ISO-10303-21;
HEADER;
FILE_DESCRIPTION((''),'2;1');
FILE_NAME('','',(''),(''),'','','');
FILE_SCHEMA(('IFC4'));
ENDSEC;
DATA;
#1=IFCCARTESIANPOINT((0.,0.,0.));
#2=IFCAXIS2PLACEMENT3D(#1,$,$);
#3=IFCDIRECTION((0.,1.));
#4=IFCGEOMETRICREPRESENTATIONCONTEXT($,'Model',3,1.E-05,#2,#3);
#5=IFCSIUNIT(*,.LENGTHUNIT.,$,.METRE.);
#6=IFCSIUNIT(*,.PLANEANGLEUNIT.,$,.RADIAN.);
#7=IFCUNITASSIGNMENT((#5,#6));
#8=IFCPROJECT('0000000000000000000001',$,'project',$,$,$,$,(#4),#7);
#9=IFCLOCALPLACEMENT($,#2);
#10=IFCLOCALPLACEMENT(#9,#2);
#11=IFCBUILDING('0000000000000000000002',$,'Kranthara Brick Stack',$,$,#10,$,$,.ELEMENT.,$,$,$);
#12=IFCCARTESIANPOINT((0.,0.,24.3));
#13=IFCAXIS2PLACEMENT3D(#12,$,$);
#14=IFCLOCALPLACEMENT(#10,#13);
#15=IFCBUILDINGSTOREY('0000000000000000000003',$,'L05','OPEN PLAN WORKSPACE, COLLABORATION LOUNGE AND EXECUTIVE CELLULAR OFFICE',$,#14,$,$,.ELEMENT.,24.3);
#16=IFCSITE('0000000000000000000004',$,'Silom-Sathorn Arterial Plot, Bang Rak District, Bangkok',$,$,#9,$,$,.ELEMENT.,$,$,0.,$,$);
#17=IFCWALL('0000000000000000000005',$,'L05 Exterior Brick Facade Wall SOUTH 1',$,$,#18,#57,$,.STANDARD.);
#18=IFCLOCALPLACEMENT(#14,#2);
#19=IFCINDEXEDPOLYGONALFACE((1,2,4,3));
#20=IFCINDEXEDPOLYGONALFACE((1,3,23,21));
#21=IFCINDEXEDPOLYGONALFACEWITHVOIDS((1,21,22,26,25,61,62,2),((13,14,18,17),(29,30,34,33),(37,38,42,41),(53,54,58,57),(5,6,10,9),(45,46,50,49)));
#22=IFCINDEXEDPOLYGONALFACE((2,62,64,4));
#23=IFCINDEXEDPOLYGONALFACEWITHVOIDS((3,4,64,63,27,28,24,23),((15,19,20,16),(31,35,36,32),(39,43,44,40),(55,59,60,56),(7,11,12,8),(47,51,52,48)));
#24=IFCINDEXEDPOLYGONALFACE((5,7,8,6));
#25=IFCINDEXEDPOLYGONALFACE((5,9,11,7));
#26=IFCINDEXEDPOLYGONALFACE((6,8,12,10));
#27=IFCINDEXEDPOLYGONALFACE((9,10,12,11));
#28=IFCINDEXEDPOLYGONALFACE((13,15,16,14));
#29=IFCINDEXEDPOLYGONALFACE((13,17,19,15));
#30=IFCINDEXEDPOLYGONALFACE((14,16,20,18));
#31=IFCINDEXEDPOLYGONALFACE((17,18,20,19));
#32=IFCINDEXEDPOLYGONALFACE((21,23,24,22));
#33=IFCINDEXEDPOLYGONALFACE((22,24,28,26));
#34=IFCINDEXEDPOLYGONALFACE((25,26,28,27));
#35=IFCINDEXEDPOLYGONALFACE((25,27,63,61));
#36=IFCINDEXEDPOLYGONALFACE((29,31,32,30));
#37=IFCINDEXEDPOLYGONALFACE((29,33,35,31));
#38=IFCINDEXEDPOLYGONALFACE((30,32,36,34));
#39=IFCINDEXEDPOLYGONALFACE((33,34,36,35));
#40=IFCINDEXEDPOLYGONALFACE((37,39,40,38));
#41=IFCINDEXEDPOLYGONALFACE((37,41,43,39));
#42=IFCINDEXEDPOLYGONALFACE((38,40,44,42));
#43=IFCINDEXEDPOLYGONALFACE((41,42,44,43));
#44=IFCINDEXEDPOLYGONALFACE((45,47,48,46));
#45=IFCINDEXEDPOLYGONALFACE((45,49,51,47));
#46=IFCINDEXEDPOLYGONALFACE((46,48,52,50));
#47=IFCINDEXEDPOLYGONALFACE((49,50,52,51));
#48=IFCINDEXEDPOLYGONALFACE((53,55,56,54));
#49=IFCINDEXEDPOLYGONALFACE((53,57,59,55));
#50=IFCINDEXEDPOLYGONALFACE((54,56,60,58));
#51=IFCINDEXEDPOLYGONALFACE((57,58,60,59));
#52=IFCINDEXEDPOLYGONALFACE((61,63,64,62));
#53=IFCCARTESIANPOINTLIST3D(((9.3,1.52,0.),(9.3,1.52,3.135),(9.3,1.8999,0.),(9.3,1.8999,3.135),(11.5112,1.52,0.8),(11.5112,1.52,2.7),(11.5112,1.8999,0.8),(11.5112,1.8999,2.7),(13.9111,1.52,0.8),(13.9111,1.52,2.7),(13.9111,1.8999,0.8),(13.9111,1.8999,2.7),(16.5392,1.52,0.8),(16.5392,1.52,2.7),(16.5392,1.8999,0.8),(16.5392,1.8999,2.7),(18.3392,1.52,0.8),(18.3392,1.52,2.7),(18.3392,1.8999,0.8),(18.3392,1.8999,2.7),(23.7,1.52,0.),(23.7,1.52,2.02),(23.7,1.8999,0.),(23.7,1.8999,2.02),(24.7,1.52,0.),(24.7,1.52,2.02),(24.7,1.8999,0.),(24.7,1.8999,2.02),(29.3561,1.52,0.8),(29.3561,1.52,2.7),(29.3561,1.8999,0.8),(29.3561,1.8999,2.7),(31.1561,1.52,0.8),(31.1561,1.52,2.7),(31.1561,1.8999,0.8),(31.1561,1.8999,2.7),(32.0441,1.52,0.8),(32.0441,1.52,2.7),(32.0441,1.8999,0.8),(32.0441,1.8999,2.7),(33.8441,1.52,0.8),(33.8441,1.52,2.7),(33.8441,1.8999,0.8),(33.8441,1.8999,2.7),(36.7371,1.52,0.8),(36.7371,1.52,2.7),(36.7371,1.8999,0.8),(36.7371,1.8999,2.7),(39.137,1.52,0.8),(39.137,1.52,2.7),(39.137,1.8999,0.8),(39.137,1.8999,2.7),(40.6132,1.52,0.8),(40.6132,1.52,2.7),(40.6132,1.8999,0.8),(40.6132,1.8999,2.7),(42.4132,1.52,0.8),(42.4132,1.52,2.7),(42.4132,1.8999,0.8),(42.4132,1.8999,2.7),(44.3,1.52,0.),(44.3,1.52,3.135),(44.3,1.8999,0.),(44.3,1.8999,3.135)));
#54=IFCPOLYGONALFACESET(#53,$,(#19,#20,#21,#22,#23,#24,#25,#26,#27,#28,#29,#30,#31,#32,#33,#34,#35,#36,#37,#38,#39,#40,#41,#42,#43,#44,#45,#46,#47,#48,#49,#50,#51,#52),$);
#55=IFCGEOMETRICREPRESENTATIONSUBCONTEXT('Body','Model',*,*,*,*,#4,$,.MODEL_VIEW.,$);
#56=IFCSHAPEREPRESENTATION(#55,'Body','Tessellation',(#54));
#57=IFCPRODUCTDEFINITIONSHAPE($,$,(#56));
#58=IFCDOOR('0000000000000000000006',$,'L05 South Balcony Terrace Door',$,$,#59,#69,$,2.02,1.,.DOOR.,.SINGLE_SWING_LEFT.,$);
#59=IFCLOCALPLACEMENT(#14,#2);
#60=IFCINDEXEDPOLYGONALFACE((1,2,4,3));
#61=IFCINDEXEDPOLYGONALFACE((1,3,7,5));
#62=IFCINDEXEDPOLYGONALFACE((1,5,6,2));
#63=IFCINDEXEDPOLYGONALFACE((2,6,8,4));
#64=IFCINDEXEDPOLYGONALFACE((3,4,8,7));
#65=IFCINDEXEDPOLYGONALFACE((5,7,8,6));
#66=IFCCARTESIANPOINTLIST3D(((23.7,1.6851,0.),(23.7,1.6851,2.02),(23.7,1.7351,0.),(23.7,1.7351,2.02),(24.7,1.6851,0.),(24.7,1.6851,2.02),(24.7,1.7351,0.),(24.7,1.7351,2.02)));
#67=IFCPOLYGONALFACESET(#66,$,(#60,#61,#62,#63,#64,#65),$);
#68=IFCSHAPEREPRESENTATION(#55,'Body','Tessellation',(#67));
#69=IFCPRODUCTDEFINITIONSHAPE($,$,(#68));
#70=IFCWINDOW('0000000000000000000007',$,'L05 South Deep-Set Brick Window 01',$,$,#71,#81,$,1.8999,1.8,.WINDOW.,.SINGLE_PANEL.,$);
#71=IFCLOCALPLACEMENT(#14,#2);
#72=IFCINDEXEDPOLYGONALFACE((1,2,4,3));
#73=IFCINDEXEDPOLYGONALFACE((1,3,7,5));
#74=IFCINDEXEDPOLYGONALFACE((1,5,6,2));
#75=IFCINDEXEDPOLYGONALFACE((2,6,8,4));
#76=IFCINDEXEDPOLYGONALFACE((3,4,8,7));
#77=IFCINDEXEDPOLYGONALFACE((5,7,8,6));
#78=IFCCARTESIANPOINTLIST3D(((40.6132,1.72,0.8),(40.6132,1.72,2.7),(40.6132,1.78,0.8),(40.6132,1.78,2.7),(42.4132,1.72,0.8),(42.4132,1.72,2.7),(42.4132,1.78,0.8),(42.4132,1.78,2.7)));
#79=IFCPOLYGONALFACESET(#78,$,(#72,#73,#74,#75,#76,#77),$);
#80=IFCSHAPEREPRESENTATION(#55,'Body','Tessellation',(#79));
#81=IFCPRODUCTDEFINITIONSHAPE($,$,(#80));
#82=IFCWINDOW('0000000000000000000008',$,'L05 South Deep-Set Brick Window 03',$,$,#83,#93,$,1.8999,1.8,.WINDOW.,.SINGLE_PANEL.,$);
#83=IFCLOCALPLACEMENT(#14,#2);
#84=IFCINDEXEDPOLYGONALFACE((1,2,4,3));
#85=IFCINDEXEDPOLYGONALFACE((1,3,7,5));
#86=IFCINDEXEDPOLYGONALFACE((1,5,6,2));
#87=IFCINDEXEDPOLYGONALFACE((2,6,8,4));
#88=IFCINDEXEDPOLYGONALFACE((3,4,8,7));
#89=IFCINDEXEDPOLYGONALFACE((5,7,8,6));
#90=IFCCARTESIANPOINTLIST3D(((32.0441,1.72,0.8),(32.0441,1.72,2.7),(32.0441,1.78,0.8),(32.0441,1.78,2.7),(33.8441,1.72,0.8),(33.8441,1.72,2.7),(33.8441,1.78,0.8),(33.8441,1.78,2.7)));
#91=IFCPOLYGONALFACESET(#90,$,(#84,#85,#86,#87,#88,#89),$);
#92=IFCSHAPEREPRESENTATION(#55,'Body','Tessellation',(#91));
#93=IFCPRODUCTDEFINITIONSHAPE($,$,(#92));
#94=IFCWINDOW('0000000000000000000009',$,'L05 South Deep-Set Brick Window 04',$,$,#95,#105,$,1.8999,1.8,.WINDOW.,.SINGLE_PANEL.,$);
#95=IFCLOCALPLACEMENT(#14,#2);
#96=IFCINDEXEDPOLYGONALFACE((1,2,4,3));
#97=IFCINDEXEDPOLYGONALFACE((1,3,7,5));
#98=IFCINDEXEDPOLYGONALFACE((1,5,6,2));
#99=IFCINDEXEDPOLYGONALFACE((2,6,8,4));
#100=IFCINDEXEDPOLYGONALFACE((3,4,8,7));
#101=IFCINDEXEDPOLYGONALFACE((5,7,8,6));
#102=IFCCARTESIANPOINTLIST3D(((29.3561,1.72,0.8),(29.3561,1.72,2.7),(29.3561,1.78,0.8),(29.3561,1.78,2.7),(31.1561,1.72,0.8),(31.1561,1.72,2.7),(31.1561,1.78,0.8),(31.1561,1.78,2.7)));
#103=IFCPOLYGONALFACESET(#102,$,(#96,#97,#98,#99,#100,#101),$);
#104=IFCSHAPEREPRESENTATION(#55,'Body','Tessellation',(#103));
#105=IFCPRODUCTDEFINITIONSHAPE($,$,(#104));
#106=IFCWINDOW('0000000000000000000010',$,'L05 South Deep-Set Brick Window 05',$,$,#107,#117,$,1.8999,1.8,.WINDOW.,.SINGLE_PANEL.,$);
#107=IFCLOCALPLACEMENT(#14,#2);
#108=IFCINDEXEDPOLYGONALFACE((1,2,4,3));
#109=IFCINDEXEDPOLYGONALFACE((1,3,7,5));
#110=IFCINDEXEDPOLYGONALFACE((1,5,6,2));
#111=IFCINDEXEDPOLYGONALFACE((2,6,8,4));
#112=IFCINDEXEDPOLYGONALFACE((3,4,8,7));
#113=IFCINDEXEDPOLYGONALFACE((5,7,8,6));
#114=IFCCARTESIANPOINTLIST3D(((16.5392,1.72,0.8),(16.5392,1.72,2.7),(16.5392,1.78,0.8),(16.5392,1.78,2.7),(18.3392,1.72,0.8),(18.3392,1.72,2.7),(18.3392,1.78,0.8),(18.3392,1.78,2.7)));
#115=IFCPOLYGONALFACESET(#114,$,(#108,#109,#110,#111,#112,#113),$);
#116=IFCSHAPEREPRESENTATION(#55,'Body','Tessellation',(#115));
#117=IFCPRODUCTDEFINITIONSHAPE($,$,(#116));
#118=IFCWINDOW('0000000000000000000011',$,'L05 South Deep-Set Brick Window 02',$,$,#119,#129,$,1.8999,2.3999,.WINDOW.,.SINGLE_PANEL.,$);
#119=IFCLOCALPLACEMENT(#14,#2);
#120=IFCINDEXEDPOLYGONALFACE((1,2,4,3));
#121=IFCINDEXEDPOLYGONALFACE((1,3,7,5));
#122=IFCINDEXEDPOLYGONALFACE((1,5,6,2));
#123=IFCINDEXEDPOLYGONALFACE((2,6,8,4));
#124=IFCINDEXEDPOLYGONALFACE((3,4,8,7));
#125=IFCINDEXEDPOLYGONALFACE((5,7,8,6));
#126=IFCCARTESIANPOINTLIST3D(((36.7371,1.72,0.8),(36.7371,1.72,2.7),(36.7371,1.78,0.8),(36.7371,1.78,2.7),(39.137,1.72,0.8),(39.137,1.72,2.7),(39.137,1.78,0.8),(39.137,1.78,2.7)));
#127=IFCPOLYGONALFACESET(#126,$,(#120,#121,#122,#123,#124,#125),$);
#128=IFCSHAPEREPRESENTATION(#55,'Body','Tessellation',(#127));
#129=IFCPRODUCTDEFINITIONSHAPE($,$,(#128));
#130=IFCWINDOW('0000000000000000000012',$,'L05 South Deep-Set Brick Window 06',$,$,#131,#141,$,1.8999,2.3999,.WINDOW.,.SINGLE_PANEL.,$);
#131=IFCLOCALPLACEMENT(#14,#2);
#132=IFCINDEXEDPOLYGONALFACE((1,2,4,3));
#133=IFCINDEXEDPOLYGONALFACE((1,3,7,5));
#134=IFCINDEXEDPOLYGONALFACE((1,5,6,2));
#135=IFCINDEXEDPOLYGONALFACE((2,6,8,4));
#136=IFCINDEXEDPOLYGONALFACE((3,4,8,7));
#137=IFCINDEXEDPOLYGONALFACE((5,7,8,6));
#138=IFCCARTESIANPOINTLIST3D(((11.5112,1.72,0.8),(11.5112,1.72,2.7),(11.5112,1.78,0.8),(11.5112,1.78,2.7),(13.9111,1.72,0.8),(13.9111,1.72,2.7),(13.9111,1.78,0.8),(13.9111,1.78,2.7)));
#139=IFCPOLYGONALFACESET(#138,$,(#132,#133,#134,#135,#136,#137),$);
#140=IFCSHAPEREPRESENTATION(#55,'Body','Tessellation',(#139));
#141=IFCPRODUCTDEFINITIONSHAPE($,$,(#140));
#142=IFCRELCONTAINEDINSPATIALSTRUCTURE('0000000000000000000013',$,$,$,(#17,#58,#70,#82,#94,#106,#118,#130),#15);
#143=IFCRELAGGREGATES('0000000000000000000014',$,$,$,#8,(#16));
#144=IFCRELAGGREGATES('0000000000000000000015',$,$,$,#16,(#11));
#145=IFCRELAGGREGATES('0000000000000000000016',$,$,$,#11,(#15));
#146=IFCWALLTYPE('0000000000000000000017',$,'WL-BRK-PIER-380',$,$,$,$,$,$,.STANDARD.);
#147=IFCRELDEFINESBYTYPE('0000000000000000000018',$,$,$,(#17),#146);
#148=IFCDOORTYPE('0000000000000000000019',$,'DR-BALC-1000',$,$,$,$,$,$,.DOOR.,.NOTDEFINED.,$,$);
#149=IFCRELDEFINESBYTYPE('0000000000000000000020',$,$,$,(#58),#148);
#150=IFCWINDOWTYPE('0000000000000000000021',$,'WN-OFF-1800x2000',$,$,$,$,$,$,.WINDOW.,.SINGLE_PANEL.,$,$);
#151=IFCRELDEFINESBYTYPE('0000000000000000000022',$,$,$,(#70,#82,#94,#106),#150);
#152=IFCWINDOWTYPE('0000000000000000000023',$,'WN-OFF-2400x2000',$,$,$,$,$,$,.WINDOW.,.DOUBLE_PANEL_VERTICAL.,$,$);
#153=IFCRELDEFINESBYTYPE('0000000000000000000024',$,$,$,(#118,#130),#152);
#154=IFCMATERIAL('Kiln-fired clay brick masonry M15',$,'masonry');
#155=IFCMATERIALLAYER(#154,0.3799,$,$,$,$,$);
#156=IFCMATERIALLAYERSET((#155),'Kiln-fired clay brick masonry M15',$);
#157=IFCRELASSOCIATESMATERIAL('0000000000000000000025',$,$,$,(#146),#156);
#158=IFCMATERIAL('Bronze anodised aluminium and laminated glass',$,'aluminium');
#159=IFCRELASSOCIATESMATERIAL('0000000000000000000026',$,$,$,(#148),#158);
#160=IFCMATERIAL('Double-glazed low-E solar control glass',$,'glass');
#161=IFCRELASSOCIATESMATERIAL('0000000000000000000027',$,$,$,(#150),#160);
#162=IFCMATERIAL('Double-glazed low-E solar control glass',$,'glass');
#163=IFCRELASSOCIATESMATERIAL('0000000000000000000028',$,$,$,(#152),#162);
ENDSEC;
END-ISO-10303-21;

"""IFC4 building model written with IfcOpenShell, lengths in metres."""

from ifc_helpers import new_model, si_unit, direction, frame, frame_2d, origin, place, context, subcontext, project, spatial, rectangle, extrude, material, layer, layer_set, type_object, element, fill, save


model = new_model("IFC4")

# Units and contexts
model_context = context("Model", 3, precision=1e-05, world=origin(), true_north=direction((0.0, 1.0)))
body_context = subcontext(model_context, "Body", "Model", "MODEL_VIEW")
ifc_project = project(units=[si_unit("LENGTHUNIT", "METRE"), si_unit("PLANEANGLEUNIT", "RADIAN")], contexts=[model_context])

# Site, building, storey
site_placement = place(None, origin())
site = spatial("IfcSite", under=ifc_project, at=site_placement, Name="Silom-Sathorn Arterial Plot, Bang Rak District, Bangkok", CompositionType="ELEMENT", RefElevation=0.0)
building_placement = place(site_placement, origin())
building = spatial("IfcBuilding", under=site, at=building_placement, Name="Kranthara Brick Stack", CompositionType="ELEMENT")
storey_placement = place(building_placement, frame((0.0, 0.0, 24.3)))
storey = spatial("IfcBuildingStorey", under=building, at=storey_placement, Name="L05", Description="OPEN PLAN WORKSPACE, COLLABORATION LOUNGE AND EXECUTIVE CELLULAR OFFICE", CompositionType="ELEMENT", Elevation=24.3)

# Wall, openings, door, windows
ifc_material_1 = material(Name="Kiln-fired clay brick masonry M15", Category="masonry")
ifc_layer_1 = layer(ifc_material_1, 0.3799)
ifc_layer_set_1 = layer_set([ifc_layer_1], Name="Kiln-fired clay brick masonry M15")
wall_type = type_object("IfcWallType", Name="WL-BRK-PIER-380", PredefinedType="STANDARD", material=ifc_layer_set_1)
wall_1_placement = place(storey_placement, frame((44.3, 1.71, 0.0), z_axis=(0.0, 0.0, 1.0), x_axis=(-1.0, 0.0, 0.0)))
wall_1 = element("IfcWall", 1, at=wall_1_placement, inside=storey, type_object=wall_type, Name="L05 Exterior Brick Facade Wall SOUTH 1", PredefinedType="STANDARD", context=body_context, shape_type="SweptSolid", body=[
    extrude(rectangle(XDim=35.0, YDim=0.3799, at=frame_2d((17.5, 0.0))), origin(), (0.0, 0.0, 1.0), 3.135),
])
opening_1_placement = place(wall_1_placement, frame((19.6001, 0.0, 0.0)))
opening_1 = element("IfcOpeningElement", 2, at=opening_1_placement, cuts=wall_1, PredefinedType="OPENING", context=body_context, shape_type="SweptSolid", body=[
    extrude(rectangle(XDim=1.0, YDim=2.02, at=frame_2d((0.5, 1.01))), frame((0.0, 0.2, 0.0), z_axis=(0.0, -1.0, 0.0), x_axis=(1.0, 0.0, 0.0)), (0.0, 0.0, 1.0), 0.3999),
])
opening_2_placement = place(wall_1_placement, frame((1.887, 0.0, 0.8)))
opening_2 = element("IfcOpeningElement", 3, at=opening_2_placement, cuts=wall_1, PredefinedType="OPENING", context=body_context, shape_type="SweptSolid", body=[
    extrude(rectangle(XDim=1.8, YDim=1.8999, at=frame_2d((0.8999, 0.95))), frame((0.0, 0.2, 0.0), z_axis=(0.0, -1.0, 0.0), x_axis=(1.0, 0.0, 0.0)), (0.0, 0.0, 1.0), 0.3999),
])
opening_3_placement = place(wall_1_placement, frame((5.1631, 0.0, 0.8)))
opening_3 = element("IfcOpeningElement", 4, at=opening_3_placement, cuts=wall_1, PredefinedType="OPENING", context=body_context, shape_type="SweptSolid", body=[
    extrude(rectangle(XDim=2.3999, YDim=1.8999, at=frame_2d((1.2, 0.95))), frame((0.0, 0.2, 0.0), z_axis=(0.0, -1.0, 0.0), x_axis=(1.0, 0.0, 0.0)), (0.0, 0.0, 1.0), 0.3999),
])
opening_4_placement = place(wall_1_placement, frame((10.4561, 0.0, 0.8)))
opening_4 = element("IfcOpeningElement", 5, at=opening_4_placement, cuts=wall_1, PredefinedType="OPENING", context=body_context, shape_type="SweptSolid", body=[
    extrude(rectangle(XDim=1.8, YDim=1.8999, at=frame_2d((0.8999, 0.95))), frame((0.0, 0.2, 0.0), z_axis=(0.0, -1.0, 0.0), x_axis=(1.0, 0.0, 0.0)), (0.0, 0.0, 1.0), 0.3999),
])
opening_5_placement = place(wall_1_placement, frame((13.144, 0.0, 0.8)))
opening_5 = element("IfcOpeningElement", 6, at=opening_5_placement, cuts=wall_1, PredefinedType="OPENING", context=body_context, shape_type="SweptSolid", body=[
    extrude(rectangle(XDim=1.8, YDim=1.8999, at=frame_2d((0.8999, 0.95))), frame((0.0, 0.2, 0.0), z_axis=(0.0, -1.0, 0.0), x_axis=(1.0, 0.0, 0.0)), (0.0, 0.0, 1.0), 0.3999),
])
opening_6_placement = place(wall_1_placement, frame((25.9609, 0.0, 0.8)))
opening_6 = element("IfcOpeningElement", 7, at=opening_6_placement, cuts=wall_1, PredefinedType="OPENING", context=body_context, shape_type="SweptSolid", body=[
    extrude(rectangle(XDim=1.8, YDim=1.8999, at=frame_2d((0.8999, 0.95))), frame((0.0, 0.2, 0.0), z_axis=(0.0, -1.0, 0.0), x_axis=(1.0, 0.0, 0.0)), (0.0, 0.0, 1.0), 0.3999),
])
opening_7_placement = place(wall_1_placement, frame((30.3889, 0.0, 0.8)))
opening_7 = element("IfcOpeningElement", 8, at=opening_7_placement, cuts=wall_1, PredefinedType="OPENING", context=body_context, shape_type="SweptSolid", body=[
    extrude(rectangle(XDim=2.3999, YDim=1.8999, at=frame_2d((1.2, 0.95))), frame((0.0, 0.2, 0.0), z_axis=(0.0, -1.0, 0.0), x_axis=(1.0, 0.0, 0.0)), (0.0, 0.0, 1.0), 0.3999),
])
ifc_material_2 = material(Name="Bronze anodised aluminium and laminated glass", Category="aluminium")
door_type = type_object("IfcDoorType", Name="DR-BALC-1000", OperationType="NOTDEFINED", PredefinedType="DOOR", material=ifc_material_2)
door_placement = place(opening_1_placement, origin())
door = element("IfcDoor", 9, at=door_placement, inside=storey, type_object=door_type, Name="L05 South Balcony Terrace Door", OperationType="SINGLE_SWING_LEFT", OverallHeight=2.02, OverallWidth=1.0, PredefinedType="DOOR", context=body_context, shape_type="SweptSolid", body=[
    extrude(rectangle(XDim=1.0, YDim=2.02, at=frame_2d((0.5, 1.01))), frame((0.0, 0.0249, 0.0), z_axis=(0.0, -1.0, 0.0), x_axis=(1.0, 0.0, 0.0)), (0.0, 0.0, 1.0), 0.05),
])
fill(opening_1, door)
ifc_material_3 = material(Name="Double-glazed low-E solar control glass", Category="glass")
window_type_1 = type_object("IfcWindowType", Name="WN-OFF-1800x2000", PartitioningType="SINGLE_PANEL", PredefinedType="WINDOW", material=ifc_material_3)
window_1_placement = place(opening_2_placement, origin())
window_1 = element("IfcWindow", 10, at=window_1_placement, inside=storey, type_object=window_type_1, Name="L05 South Deep-Set Brick Window 01", OverallHeight=1.8999, OverallWidth=1.8, PartitioningType="SINGLE_PANEL", PredefinedType="WINDOW", context=body_context, shape_type="SweptSolid", body=[
    extrude(rectangle(XDim=1.8, YDim=1.8999, at=frame_2d((0.8999, 0.95))), frame((0.0, -0.01, 0.0), z_axis=(0.0, -1.0, 0.0), x_axis=(1.0, 0.0, 0.0)), (0.0, 0.0, 1.0), 0.0601),
])
fill(opening_2, window_1)
window_2_placement = place(opening_4_placement, origin())
window_2 = element("IfcWindow", 11, at=window_2_placement, inside=storey, type_object=window_type_1, Name="L05 South Deep-Set Brick Window 03", OverallHeight=1.8999, OverallWidth=1.8, PartitioningType="SINGLE_PANEL", PredefinedType="WINDOW", context=body_context, shape_type="SweptSolid", body=[
    extrude(rectangle(XDim=1.8, YDim=1.8999, at=frame_2d((0.8999, 0.95))), frame((0.0, -0.01, 0.0), z_axis=(0.0, -1.0, 0.0), x_axis=(1.0, 0.0, 0.0)), (0.0, 0.0, 1.0), 0.0601),
])
fill(opening_4, window_2)
window_3_placement = place(opening_5_placement, origin())
window_3 = element("IfcWindow", 12, at=window_3_placement, inside=storey, type_object=window_type_1, Name="L05 South Deep-Set Brick Window 04", OverallHeight=1.8999, OverallWidth=1.8, PartitioningType="SINGLE_PANEL", PredefinedType="WINDOW", context=body_context, shape_type="SweptSolid", body=[
    extrude(rectangle(XDim=1.8, YDim=1.8999, at=frame_2d((0.8999, 0.95))), frame((0.0, -0.01, 0.0), z_axis=(0.0, -1.0, 0.0), x_axis=(1.0, 0.0, 0.0)), (0.0, 0.0, 1.0), 0.0601),
])
fill(opening_5, window_3)
window_4_placement = place(opening_6_placement, origin())
window_4 = element("IfcWindow", 13, at=window_4_placement, inside=storey, type_object=window_type_1, Name="L05 South Deep-Set Brick Window 05", OverallHeight=1.8999, OverallWidth=1.8, PartitioningType="SINGLE_PANEL", PredefinedType="WINDOW", context=body_context, shape_type="SweptSolid", body=[
    extrude(rectangle(XDim=1.8, YDim=1.8999, at=frame_2d((0.8999, 0.95))), frame((0.0, -0.01, 0.0), z_axis=(0.0, -1.0, 0.0), x_axis=(1.0, 0.0, 0.0)), (0.0, 0.0, 1.0), 0.0601),
])
fill(opening_6, window_4)
ifc_material_4 = material(Name="Double-glazed low-E solar control glass", Category="glass")
window_type_2 = type_object("IfcWindowType", Name="WN-OFF-2400x2000", PartitioningType="DOUBLE_PANEL_VERTICAL", PredefinedType="WINDOW", material=ifc_material_4)
window_5_placement = place(opening_3_placement, origin())
window_5 = element("IfcWindow", 14, at=window_5_placement, inside=storey, type_object=window_type_2, Name="L05 South Deep-Set Brick Window 02", OverallHeight=1.8999, OverallWidth=2.3999, PartitioningType="SINGLE_PANEL", PredefinedType="WINDOW", context=body_context, shape_type="SweptSolid", body=[
    extrude(rectangle(XDim=2.3999, YDim=1.8999, at=frame_2d((1.2, 0.95))), frame((0.0, -0.01, 0.0), z_axis=(0.0, -1.0, 0.0), x_axis=(1.0, 0.0, 0.0)), (0.0, 0.0, 1.0), 0.0601),
])
fill(opening_3, window_5)
window_6_placement = place(opening_7_placement, origin())
window_6 = element("IfcWindow", 15, at=window_6_placement, inside=storey, type_object=window_type_2, Name="L05 South Deep-Set Brick Window 06", OverallHeight=1.8999, OverallWidth=2.3999, PartitioningType="SINGLE_PANEL", PredefinedType="WINDOW", context=body_context, shape_type="SweptSolid", body=[
    extrude(rectangle(XDim=2.3999, YDim=1.8999, at=frame_2d((1.2, 0.95))), frame((0.0, -0.01, 0.0), z_axis=(0.0, -1.0, 0.0), x_axis=(1.0, 0.0, 0.0)), (0.0, 0.0, 1.0), 0.0601),
])
fill(opening_7, window_6)

save(model, "model.ifc")
